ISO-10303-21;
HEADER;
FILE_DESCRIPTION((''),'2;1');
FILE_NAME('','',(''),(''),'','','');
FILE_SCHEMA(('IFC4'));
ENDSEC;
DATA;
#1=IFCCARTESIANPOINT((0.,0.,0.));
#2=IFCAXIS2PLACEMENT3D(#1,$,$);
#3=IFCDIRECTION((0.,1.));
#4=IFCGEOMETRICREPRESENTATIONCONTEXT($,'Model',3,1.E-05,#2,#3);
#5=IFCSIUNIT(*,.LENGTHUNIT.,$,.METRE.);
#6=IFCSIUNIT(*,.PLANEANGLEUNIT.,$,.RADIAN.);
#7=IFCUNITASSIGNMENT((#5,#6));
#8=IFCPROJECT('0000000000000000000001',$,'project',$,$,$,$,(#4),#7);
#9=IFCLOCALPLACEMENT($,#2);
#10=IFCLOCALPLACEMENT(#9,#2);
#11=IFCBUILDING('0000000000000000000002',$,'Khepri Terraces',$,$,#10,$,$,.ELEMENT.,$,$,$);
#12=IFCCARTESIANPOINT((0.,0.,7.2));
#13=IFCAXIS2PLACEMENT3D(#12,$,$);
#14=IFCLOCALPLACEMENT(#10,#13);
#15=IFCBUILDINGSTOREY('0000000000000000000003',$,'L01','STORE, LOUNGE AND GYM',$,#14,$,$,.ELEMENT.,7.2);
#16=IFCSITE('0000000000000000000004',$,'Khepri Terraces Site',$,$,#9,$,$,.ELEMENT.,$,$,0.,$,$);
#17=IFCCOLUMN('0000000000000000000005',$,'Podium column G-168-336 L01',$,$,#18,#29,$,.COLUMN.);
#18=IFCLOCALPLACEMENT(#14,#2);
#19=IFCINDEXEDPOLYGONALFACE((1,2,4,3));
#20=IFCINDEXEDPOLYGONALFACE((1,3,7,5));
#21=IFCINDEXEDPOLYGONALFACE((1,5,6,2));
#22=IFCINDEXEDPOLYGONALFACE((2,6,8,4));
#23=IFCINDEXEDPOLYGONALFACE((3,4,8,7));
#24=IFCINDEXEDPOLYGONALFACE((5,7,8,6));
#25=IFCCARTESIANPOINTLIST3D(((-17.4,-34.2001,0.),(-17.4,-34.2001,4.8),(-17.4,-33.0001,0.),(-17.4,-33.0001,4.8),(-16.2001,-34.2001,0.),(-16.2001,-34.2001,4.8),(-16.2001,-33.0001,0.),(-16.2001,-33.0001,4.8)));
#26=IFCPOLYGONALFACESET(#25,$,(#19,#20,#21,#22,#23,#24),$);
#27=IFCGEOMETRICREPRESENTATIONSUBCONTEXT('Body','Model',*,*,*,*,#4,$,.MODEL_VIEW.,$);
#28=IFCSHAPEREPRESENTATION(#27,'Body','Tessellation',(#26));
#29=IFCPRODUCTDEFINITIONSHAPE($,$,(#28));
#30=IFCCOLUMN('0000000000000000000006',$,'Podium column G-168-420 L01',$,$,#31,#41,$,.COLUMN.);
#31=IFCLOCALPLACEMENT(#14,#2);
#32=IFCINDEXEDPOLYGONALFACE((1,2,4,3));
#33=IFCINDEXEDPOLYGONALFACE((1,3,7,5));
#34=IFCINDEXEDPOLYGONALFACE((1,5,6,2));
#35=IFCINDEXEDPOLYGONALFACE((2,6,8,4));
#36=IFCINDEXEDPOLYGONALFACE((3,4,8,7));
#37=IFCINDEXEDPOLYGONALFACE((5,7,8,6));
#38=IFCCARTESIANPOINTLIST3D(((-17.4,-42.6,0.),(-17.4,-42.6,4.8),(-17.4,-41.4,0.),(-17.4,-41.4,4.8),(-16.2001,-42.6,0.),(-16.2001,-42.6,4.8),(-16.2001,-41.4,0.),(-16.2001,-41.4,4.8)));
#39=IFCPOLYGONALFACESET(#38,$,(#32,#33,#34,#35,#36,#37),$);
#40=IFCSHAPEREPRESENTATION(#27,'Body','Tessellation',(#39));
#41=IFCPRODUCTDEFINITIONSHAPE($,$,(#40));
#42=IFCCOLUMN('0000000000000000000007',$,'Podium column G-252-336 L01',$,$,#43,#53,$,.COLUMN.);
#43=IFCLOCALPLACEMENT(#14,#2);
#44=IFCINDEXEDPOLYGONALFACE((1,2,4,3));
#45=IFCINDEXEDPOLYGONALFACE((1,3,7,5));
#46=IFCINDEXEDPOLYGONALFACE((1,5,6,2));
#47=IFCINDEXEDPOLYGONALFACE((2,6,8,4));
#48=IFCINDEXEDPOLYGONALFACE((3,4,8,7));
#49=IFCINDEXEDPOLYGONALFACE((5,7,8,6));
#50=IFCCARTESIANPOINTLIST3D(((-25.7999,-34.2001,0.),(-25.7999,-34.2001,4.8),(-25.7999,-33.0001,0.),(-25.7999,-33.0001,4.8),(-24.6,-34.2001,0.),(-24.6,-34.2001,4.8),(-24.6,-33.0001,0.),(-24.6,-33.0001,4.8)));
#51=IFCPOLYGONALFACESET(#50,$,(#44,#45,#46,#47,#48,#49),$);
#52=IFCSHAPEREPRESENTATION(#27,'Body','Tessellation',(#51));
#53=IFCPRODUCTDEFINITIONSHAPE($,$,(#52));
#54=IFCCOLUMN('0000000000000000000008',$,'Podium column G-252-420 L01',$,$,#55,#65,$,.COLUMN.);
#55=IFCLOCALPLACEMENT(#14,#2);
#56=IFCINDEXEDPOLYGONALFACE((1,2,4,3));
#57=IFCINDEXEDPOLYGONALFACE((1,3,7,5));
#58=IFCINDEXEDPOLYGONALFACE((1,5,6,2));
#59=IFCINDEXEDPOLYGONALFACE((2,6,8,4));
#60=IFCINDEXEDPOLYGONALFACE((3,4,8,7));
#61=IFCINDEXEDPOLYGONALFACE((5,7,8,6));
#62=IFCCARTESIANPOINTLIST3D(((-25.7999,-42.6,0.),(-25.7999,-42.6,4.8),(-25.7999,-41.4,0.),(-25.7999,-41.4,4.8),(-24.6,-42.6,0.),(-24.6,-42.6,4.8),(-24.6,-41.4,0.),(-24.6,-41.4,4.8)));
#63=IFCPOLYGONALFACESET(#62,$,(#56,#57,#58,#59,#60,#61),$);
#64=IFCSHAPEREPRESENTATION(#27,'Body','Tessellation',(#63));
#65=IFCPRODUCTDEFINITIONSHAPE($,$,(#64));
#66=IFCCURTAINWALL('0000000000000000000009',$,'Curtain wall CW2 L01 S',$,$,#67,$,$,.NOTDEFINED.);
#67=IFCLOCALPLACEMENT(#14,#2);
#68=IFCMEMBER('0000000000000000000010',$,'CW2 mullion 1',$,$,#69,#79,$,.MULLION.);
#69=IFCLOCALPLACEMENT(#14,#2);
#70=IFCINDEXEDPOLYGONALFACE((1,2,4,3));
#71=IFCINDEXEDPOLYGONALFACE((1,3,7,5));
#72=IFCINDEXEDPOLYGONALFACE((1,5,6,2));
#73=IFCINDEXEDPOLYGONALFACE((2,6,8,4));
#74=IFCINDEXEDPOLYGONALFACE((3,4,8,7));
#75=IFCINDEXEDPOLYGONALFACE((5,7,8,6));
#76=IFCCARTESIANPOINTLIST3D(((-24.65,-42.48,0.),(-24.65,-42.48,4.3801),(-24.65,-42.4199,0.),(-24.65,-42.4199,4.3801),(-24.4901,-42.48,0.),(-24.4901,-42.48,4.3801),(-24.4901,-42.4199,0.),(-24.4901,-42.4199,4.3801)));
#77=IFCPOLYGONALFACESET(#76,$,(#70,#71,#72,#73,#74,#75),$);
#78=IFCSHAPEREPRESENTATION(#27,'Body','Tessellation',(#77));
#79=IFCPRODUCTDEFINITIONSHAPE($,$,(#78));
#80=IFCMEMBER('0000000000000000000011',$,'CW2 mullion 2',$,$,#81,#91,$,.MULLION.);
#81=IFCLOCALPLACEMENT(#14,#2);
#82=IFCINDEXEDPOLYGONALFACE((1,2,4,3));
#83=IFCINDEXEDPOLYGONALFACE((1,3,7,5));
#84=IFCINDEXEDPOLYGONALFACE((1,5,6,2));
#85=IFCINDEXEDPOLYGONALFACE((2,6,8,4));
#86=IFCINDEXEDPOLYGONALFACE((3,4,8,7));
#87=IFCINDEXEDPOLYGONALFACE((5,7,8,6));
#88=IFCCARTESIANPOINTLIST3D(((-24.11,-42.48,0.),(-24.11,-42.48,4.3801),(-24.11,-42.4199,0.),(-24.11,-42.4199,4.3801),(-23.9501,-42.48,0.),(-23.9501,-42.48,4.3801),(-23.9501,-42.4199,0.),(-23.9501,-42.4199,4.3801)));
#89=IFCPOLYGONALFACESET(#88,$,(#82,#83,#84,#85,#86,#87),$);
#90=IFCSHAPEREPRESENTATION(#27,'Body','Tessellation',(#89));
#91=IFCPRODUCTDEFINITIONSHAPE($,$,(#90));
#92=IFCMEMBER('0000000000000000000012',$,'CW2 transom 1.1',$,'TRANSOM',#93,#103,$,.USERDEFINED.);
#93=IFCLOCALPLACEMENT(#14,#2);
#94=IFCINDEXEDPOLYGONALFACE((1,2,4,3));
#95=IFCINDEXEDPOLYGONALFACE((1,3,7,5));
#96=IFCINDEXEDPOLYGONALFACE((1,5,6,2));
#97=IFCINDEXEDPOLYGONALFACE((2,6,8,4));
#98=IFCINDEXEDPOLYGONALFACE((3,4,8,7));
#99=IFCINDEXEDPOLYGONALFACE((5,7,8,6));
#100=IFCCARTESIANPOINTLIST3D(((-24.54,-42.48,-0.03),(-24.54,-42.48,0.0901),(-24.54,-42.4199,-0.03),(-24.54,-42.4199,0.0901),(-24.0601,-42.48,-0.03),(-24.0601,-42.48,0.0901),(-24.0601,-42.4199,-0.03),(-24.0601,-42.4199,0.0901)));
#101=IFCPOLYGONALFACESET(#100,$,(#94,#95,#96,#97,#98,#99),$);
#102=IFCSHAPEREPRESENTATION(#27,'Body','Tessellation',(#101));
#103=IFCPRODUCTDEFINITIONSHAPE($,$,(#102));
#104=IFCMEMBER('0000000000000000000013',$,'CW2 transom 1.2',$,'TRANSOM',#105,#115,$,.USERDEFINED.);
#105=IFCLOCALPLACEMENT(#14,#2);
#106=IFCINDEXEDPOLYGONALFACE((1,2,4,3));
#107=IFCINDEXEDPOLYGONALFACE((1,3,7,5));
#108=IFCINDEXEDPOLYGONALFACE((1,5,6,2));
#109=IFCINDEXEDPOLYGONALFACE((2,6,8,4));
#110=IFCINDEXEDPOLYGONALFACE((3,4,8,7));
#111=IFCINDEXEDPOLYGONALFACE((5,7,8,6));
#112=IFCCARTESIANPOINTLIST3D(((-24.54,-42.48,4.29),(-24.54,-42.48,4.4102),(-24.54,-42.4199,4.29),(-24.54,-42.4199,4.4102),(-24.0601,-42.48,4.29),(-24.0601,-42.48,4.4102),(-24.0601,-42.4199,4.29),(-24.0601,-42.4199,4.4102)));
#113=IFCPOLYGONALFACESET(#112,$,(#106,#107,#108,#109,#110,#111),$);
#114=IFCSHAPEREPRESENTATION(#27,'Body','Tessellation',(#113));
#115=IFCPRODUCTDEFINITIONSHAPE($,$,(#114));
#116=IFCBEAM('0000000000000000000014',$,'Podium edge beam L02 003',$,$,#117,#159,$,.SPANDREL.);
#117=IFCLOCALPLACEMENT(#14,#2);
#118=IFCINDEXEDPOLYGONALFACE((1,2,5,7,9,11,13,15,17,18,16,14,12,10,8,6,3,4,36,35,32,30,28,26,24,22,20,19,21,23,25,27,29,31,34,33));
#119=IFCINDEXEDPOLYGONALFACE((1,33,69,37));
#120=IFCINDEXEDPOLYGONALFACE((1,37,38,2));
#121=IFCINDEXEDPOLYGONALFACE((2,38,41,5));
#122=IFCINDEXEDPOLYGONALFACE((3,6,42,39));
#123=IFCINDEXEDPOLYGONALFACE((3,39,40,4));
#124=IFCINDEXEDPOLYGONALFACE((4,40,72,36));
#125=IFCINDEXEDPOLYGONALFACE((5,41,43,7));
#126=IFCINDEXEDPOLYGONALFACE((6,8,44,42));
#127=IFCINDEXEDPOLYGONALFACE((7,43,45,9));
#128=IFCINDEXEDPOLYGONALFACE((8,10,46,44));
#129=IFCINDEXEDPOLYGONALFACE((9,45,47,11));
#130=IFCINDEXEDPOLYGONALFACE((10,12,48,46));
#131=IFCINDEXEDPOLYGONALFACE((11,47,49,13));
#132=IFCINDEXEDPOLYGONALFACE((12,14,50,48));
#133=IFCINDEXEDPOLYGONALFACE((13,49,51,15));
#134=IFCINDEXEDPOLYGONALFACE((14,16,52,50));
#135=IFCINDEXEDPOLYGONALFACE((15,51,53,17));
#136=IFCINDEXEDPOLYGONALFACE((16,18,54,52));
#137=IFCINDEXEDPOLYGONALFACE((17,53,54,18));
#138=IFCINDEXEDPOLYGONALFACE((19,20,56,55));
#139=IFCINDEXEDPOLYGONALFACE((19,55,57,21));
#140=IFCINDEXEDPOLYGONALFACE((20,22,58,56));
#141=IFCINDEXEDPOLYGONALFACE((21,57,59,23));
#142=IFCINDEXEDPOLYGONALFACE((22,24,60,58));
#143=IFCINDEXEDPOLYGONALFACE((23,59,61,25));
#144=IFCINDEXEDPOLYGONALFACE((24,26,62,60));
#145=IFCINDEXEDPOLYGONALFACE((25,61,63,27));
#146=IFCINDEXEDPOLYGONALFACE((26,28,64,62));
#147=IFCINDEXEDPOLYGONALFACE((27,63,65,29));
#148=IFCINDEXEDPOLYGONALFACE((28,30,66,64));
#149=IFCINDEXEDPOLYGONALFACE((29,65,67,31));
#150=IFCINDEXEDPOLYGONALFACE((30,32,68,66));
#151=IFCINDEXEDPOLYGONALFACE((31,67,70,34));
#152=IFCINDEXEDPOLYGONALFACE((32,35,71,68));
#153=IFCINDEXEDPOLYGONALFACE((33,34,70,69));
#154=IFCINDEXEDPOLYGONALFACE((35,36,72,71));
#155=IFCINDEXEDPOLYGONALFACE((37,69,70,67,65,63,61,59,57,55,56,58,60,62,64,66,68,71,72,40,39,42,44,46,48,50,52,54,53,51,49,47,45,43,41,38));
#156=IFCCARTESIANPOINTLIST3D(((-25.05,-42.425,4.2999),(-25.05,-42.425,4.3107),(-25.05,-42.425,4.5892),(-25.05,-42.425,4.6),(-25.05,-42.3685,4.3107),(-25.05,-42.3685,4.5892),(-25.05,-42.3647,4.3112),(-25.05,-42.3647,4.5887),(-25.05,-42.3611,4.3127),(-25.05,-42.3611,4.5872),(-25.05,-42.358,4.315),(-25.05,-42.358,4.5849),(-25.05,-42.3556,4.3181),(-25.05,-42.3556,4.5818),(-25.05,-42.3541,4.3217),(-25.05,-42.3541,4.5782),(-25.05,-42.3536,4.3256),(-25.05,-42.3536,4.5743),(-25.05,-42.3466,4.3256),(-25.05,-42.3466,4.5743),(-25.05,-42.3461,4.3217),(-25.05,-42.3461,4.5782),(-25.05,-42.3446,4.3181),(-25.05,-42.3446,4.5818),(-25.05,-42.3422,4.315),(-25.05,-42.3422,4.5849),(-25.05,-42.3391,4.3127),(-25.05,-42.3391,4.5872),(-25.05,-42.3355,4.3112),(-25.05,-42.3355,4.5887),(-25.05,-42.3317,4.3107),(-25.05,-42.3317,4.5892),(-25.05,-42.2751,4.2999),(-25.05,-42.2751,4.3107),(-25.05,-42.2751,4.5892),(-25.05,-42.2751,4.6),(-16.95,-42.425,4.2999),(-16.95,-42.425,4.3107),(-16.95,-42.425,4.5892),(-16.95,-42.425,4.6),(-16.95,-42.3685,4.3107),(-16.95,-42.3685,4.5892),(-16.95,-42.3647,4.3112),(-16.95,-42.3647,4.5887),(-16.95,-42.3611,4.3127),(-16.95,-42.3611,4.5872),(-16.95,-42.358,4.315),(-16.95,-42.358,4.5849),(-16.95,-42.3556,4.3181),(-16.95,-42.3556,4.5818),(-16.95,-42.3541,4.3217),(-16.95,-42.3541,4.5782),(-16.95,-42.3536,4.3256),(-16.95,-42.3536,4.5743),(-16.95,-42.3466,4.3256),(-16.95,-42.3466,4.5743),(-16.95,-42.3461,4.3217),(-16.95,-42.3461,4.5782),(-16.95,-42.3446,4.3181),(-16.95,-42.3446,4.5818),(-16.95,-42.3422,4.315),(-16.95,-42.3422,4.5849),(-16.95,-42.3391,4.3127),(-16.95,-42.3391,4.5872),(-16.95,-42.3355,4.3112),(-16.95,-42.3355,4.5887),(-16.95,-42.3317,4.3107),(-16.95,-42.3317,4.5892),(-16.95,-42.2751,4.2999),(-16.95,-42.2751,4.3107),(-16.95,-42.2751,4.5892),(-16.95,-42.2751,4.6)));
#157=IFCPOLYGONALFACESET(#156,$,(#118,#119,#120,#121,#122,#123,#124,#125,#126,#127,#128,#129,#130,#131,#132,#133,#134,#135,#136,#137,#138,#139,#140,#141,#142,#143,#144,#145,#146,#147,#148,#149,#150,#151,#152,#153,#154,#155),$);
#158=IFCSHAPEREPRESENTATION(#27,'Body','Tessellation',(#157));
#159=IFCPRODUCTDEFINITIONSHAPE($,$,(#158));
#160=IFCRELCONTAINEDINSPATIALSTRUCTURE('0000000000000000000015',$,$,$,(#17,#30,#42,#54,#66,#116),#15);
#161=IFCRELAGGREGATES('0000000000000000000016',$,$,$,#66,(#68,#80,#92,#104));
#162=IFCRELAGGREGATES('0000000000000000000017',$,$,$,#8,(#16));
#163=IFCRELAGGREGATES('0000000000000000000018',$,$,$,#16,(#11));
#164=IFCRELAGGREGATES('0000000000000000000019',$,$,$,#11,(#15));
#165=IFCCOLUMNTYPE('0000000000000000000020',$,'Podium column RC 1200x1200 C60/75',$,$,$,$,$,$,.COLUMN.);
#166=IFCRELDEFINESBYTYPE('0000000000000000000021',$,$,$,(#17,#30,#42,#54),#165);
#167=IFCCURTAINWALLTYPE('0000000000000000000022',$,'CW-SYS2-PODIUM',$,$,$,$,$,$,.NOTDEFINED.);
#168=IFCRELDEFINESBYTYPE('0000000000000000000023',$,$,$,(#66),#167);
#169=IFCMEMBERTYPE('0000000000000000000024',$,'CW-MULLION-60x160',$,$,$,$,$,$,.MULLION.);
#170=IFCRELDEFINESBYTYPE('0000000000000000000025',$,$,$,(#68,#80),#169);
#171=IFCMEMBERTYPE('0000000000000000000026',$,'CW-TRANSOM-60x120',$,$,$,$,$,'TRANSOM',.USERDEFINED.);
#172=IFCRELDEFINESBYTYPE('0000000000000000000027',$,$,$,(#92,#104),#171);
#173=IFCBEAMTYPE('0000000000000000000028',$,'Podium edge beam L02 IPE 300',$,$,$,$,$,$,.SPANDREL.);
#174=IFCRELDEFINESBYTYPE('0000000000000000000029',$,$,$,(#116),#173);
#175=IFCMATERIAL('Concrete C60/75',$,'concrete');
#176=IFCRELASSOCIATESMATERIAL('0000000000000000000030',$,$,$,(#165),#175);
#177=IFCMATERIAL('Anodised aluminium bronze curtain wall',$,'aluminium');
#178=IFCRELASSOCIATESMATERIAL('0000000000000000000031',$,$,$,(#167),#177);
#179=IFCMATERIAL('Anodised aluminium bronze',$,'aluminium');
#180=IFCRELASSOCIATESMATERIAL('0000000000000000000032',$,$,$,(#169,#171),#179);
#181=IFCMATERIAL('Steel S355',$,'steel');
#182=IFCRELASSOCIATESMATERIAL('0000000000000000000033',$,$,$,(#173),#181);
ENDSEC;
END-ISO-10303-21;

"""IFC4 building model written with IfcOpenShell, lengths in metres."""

from ifc_helpers import new_model, si_unit, direction, frame, origin, origin_2d, place, context, subcontext, project, spatial, rectangle, i_section, extrude, material, material_profile, profile_set, type_object, element, aggregate, save


model = new_model("IFC4")

# Units and contexts
model_context = context("Model", 3, precision=1e-05, world=origin(), true_north=direction((0.0, 1.0)))
body_context = subcontext(model_context, "Body", "Model", "MODEL_VIEW")
ifc_project = project(units=[si_unit("LENGTHUNIT", "METRE"), si_unit("PLANEANGLEUNIT", "RADIAN")], contexts=[model_context])

# Site, building, storey
site_placement = place(None, origin())
site = spatial("IfcSite", under=ifc_project, at=site_placement, Name="Khepri Terraces Site", CompositionType="ELEMENT", RefElevation=0.0)
building_placement = place(site_placement, origin())
building = spatial("IfcBuilding", under=site, at=building_placement, Name="Khepri Terraces", CompositionType="ELEMENT")
storey_placement = place(building_placement, frame((0.0, 0.0, 7.2)))
storey = spatial("IfcBuildingStorey", under=building, at=storey_placement, Name="L01", Description="STORE, LOUNGE AND GYM", CompositionType="ELEMENT", Elevation=7.2)

# Columns
ifc_material_1 = material(Name="Concrete C60/75", Category="concrete")
ifc_material_profile_1 = material_profile(ifc_material_1, rectangle(XDim=1.2, YDim=1.2, at=origin_2d()), Name="Concrete C60/75", Category="concrete")
ifc_profile_set_1 = profile_set([ifc_material_profile_1], Name="Concrete C60/75")
column_type = type_object("IfcColumnType", Name="Podium column RC 1200x1200 C60/75", PredefinedType="COLUMN", material=ifc_profile_set_1)
for number, where, z_axis, x_axis, name in (
    (1, (-16.8, -33.6001, 0.0), (0.0, 0.0, 1.0), (1.0, 0.0, 0.0), "Podium column G-168-336 L01"),
    (2, (-16.8, -42.0, 0.0), (0.0, 0.0, 1.0), (1.0, 0.0, 0.0), "Podium column G-168-420 L01"),
    (3, (-25.2, -33.6001, 0.0), (0.0, 0.0, 1.0), (1.0, 0.0, 0.0), "Podium column G-252-336 L01"),
    (4, (-25.2, -42.0, 0.0), (0.0, 0.0, 1.0), (1.0, 0.0, 0.0), "Podium column G-252-420 L01"),
):
    element("IfcColumn", number, at=place(storey_placement, frame(where, z_axis=z_axis, x_axis=x_axis)), inside=storey, type_object=column_type, Name=name, PredefinedType="COLUMN", context=body_context, shape_type="SweptSolid", body=[
        extrude(rectangle(XDim=1.2, YDim=1.2, at=origin_2d()), origin(), (0.0, 0.0, 1.0), 4.8),
    ])

# Curtain wall, members
ifc_material_2 = material(Name="Anodised aluminium bronze curtain wall", Category="aluminium")
curtain_wall_type = type_object("IfcCurtainWallType", Name="CW-SYS2-PODIUM", PredefinedType="NOTDEFINED", material=ifc_material_2)
curtain_wall_placement = place(storey_placement, origin())
curtain_wall = element("IfcCurtainWall", 5, at=curtain_wall_placement, inside=storey, type_object=curtain_wall_type, Name="Curtain wall CW2 L01 S", PredefinedType="NOTDEFINED")
ifc_material_3 = material(Name="Anodised aluminium bronze", Category="aluminium")
ifc_material_profile_2 = material_profile(ifc_material_3, rectangle(XDim=0.0601, YDim=0.1599, at=origin_2d()), Name="Anodised aluminium bronze", Category="aluminium")
ifc_profile_set_2 = profile_set([ifc_material_profile_2], Name="Anodised aluminium bronze")
member_type_1 = type_object("IfcMemberType", Name="CW-MULLION-60x160", PredefinedType="MULLION", material=ifc_profile_set_2)
member_1_placement = place(storey_placement, frame((-24.5701, -42.45, 0.0), z_axis=(0.0, 0.0, 1.0), x_axis=(0.0, 1.0, 0.0)))
member_1 = element("IfcMember", 6, at=member_1_placement, type_object=member_type_1, Name="CW2 mullion 1", PredefinedType="MULLION", context=body_context, shape_type="SweptSolid", body=[
    extrude(rectangle(XDim=0.0601, YDim=0.1599, at=origin_2d()), origin(), (0.0, 0.0, 1.0), 4.3801),
])
member_2_placement = place(storey_placement, frame((-24.03, -42.45, 0.0), z_axis=(0.0, 0.0, 1.0), x_axis=(0.0, 1.0, 0.0)))
member_2 = element("IfcMember", 7, at=member_2_placement, type_object=member_type_1, Name="CW2 mullion 2", PredefinedType="MULLION", context=body_context, shape_type="SweptSolid", body=[
    extrude(rectangle(XDim=0.0601, YDim=0.1599, at=origin_2d()), origin(), (0.0, 0.0, 1.0), 4.3801),
])
ifc_material_profile_3 = material_profile(ifc_material_3, rectangle(XDim=0.0601, YDim=0.1201, at=origin_2d()), Name="Anodised aluminium bronze", Category="aluminium")
ifc_profile_set_3 = profile_set([ifc_material_profile_3], Name="Anodised aluminium bronze")
member_type_2 = type_object("IfcMemberType", Name="CW-TRANSOM-60x120", ElementType="TRANSOM", PredefinedType="USERDEFINED", material=ifc_profile_set_3)
member_3_placement = place(storey_placement, frame((-24.54, -42.45, 0.03), z_axis=(1.0, 0.0, 0.0), x_axis=(0.0, 1.0, 0.0)))
member_3 = element("IfcMember", 8, at=member_3_placement, type_object=member_type_2, Name="CW2 transom 1.1", ObjectType="TRANSOM", PredefinedType="USERDEFINED", context=body_context, shape_type="SweptSolid", body=[
    extrude(rectangle(XDim=0.0601, YDim=0.1201, at=origin_2d()), origin(), (0.0, 0.0, 1.0), 0.48),
])
member_4_placement = place(storey_placement, frame((-24.54, -42.45, 4.3501), z_axis=(1.0, 0.0, 0.0), x_axis=(0.0, 1.0, 0.0)))
member_4 = element("IfcMember", 9, at=member_4_placement, type_object=member_type_2, Name="CW2 transom 1.2", ObjectType="TRANSOM", PredefinedType="USERDEFINED", context=body_context, shape_type="SweptSolid", body=[
    extrude(rectangle(XDim=0.0601, YDim=0.1201, at=origin_2d()), origin(), (0.0, 0.0, 1.0), 0.48),
])

# Beam
ifc_material_4 = material(Name="Steel S355", Category="steel")
ifc_material_profile_4 = material_profile(ifc_material_4, i_section(OverallWidth=0.1499, OverallDepth=0.3, WebThickness=0.0071, FlangeThickness=0.0107, FilletRadius=0.0149, at=origin_2d()), Name="Steel S355", Category="steel")
ifc_profile_set_4 = profile_set([ifc_material_profile_4], Name="Steel S355")
beam_type_1 = type_object("IfcBeamType", Name="Podium edge beam L02 IPE 300", PredefinedType="SPANDREL", material=ifc_profile_set_4)
beam_1_placement = place(storey_placement, frame((-25.05, -42.3501, 4.45), z_axis=(1.0, 0.0, 0.0), x_axis=(0.0, 1.0, 0.0)))
element("IfcBeam", 10, at=beam_1_placement, inside=storey, type_object=beam_type_1, Name="Podium edge beam L02 003", PredefinedType="SPANDREL", context=body_context, shape_type="SweptSolid", body=[
    extrude(i_section(OverallWidth=0.1499, OverallDepth=0.3, WebThickness=0.0071, FlangeThickness=0.0107, FilletRadius=0.0149, at=origin_2d()), origin(), (0.0, 0.0, 1.0), 8.1001),
])

aggregate(curtain_wall, [member_1, member_2, member_3, member_4])

save(model, "model.ifc")
